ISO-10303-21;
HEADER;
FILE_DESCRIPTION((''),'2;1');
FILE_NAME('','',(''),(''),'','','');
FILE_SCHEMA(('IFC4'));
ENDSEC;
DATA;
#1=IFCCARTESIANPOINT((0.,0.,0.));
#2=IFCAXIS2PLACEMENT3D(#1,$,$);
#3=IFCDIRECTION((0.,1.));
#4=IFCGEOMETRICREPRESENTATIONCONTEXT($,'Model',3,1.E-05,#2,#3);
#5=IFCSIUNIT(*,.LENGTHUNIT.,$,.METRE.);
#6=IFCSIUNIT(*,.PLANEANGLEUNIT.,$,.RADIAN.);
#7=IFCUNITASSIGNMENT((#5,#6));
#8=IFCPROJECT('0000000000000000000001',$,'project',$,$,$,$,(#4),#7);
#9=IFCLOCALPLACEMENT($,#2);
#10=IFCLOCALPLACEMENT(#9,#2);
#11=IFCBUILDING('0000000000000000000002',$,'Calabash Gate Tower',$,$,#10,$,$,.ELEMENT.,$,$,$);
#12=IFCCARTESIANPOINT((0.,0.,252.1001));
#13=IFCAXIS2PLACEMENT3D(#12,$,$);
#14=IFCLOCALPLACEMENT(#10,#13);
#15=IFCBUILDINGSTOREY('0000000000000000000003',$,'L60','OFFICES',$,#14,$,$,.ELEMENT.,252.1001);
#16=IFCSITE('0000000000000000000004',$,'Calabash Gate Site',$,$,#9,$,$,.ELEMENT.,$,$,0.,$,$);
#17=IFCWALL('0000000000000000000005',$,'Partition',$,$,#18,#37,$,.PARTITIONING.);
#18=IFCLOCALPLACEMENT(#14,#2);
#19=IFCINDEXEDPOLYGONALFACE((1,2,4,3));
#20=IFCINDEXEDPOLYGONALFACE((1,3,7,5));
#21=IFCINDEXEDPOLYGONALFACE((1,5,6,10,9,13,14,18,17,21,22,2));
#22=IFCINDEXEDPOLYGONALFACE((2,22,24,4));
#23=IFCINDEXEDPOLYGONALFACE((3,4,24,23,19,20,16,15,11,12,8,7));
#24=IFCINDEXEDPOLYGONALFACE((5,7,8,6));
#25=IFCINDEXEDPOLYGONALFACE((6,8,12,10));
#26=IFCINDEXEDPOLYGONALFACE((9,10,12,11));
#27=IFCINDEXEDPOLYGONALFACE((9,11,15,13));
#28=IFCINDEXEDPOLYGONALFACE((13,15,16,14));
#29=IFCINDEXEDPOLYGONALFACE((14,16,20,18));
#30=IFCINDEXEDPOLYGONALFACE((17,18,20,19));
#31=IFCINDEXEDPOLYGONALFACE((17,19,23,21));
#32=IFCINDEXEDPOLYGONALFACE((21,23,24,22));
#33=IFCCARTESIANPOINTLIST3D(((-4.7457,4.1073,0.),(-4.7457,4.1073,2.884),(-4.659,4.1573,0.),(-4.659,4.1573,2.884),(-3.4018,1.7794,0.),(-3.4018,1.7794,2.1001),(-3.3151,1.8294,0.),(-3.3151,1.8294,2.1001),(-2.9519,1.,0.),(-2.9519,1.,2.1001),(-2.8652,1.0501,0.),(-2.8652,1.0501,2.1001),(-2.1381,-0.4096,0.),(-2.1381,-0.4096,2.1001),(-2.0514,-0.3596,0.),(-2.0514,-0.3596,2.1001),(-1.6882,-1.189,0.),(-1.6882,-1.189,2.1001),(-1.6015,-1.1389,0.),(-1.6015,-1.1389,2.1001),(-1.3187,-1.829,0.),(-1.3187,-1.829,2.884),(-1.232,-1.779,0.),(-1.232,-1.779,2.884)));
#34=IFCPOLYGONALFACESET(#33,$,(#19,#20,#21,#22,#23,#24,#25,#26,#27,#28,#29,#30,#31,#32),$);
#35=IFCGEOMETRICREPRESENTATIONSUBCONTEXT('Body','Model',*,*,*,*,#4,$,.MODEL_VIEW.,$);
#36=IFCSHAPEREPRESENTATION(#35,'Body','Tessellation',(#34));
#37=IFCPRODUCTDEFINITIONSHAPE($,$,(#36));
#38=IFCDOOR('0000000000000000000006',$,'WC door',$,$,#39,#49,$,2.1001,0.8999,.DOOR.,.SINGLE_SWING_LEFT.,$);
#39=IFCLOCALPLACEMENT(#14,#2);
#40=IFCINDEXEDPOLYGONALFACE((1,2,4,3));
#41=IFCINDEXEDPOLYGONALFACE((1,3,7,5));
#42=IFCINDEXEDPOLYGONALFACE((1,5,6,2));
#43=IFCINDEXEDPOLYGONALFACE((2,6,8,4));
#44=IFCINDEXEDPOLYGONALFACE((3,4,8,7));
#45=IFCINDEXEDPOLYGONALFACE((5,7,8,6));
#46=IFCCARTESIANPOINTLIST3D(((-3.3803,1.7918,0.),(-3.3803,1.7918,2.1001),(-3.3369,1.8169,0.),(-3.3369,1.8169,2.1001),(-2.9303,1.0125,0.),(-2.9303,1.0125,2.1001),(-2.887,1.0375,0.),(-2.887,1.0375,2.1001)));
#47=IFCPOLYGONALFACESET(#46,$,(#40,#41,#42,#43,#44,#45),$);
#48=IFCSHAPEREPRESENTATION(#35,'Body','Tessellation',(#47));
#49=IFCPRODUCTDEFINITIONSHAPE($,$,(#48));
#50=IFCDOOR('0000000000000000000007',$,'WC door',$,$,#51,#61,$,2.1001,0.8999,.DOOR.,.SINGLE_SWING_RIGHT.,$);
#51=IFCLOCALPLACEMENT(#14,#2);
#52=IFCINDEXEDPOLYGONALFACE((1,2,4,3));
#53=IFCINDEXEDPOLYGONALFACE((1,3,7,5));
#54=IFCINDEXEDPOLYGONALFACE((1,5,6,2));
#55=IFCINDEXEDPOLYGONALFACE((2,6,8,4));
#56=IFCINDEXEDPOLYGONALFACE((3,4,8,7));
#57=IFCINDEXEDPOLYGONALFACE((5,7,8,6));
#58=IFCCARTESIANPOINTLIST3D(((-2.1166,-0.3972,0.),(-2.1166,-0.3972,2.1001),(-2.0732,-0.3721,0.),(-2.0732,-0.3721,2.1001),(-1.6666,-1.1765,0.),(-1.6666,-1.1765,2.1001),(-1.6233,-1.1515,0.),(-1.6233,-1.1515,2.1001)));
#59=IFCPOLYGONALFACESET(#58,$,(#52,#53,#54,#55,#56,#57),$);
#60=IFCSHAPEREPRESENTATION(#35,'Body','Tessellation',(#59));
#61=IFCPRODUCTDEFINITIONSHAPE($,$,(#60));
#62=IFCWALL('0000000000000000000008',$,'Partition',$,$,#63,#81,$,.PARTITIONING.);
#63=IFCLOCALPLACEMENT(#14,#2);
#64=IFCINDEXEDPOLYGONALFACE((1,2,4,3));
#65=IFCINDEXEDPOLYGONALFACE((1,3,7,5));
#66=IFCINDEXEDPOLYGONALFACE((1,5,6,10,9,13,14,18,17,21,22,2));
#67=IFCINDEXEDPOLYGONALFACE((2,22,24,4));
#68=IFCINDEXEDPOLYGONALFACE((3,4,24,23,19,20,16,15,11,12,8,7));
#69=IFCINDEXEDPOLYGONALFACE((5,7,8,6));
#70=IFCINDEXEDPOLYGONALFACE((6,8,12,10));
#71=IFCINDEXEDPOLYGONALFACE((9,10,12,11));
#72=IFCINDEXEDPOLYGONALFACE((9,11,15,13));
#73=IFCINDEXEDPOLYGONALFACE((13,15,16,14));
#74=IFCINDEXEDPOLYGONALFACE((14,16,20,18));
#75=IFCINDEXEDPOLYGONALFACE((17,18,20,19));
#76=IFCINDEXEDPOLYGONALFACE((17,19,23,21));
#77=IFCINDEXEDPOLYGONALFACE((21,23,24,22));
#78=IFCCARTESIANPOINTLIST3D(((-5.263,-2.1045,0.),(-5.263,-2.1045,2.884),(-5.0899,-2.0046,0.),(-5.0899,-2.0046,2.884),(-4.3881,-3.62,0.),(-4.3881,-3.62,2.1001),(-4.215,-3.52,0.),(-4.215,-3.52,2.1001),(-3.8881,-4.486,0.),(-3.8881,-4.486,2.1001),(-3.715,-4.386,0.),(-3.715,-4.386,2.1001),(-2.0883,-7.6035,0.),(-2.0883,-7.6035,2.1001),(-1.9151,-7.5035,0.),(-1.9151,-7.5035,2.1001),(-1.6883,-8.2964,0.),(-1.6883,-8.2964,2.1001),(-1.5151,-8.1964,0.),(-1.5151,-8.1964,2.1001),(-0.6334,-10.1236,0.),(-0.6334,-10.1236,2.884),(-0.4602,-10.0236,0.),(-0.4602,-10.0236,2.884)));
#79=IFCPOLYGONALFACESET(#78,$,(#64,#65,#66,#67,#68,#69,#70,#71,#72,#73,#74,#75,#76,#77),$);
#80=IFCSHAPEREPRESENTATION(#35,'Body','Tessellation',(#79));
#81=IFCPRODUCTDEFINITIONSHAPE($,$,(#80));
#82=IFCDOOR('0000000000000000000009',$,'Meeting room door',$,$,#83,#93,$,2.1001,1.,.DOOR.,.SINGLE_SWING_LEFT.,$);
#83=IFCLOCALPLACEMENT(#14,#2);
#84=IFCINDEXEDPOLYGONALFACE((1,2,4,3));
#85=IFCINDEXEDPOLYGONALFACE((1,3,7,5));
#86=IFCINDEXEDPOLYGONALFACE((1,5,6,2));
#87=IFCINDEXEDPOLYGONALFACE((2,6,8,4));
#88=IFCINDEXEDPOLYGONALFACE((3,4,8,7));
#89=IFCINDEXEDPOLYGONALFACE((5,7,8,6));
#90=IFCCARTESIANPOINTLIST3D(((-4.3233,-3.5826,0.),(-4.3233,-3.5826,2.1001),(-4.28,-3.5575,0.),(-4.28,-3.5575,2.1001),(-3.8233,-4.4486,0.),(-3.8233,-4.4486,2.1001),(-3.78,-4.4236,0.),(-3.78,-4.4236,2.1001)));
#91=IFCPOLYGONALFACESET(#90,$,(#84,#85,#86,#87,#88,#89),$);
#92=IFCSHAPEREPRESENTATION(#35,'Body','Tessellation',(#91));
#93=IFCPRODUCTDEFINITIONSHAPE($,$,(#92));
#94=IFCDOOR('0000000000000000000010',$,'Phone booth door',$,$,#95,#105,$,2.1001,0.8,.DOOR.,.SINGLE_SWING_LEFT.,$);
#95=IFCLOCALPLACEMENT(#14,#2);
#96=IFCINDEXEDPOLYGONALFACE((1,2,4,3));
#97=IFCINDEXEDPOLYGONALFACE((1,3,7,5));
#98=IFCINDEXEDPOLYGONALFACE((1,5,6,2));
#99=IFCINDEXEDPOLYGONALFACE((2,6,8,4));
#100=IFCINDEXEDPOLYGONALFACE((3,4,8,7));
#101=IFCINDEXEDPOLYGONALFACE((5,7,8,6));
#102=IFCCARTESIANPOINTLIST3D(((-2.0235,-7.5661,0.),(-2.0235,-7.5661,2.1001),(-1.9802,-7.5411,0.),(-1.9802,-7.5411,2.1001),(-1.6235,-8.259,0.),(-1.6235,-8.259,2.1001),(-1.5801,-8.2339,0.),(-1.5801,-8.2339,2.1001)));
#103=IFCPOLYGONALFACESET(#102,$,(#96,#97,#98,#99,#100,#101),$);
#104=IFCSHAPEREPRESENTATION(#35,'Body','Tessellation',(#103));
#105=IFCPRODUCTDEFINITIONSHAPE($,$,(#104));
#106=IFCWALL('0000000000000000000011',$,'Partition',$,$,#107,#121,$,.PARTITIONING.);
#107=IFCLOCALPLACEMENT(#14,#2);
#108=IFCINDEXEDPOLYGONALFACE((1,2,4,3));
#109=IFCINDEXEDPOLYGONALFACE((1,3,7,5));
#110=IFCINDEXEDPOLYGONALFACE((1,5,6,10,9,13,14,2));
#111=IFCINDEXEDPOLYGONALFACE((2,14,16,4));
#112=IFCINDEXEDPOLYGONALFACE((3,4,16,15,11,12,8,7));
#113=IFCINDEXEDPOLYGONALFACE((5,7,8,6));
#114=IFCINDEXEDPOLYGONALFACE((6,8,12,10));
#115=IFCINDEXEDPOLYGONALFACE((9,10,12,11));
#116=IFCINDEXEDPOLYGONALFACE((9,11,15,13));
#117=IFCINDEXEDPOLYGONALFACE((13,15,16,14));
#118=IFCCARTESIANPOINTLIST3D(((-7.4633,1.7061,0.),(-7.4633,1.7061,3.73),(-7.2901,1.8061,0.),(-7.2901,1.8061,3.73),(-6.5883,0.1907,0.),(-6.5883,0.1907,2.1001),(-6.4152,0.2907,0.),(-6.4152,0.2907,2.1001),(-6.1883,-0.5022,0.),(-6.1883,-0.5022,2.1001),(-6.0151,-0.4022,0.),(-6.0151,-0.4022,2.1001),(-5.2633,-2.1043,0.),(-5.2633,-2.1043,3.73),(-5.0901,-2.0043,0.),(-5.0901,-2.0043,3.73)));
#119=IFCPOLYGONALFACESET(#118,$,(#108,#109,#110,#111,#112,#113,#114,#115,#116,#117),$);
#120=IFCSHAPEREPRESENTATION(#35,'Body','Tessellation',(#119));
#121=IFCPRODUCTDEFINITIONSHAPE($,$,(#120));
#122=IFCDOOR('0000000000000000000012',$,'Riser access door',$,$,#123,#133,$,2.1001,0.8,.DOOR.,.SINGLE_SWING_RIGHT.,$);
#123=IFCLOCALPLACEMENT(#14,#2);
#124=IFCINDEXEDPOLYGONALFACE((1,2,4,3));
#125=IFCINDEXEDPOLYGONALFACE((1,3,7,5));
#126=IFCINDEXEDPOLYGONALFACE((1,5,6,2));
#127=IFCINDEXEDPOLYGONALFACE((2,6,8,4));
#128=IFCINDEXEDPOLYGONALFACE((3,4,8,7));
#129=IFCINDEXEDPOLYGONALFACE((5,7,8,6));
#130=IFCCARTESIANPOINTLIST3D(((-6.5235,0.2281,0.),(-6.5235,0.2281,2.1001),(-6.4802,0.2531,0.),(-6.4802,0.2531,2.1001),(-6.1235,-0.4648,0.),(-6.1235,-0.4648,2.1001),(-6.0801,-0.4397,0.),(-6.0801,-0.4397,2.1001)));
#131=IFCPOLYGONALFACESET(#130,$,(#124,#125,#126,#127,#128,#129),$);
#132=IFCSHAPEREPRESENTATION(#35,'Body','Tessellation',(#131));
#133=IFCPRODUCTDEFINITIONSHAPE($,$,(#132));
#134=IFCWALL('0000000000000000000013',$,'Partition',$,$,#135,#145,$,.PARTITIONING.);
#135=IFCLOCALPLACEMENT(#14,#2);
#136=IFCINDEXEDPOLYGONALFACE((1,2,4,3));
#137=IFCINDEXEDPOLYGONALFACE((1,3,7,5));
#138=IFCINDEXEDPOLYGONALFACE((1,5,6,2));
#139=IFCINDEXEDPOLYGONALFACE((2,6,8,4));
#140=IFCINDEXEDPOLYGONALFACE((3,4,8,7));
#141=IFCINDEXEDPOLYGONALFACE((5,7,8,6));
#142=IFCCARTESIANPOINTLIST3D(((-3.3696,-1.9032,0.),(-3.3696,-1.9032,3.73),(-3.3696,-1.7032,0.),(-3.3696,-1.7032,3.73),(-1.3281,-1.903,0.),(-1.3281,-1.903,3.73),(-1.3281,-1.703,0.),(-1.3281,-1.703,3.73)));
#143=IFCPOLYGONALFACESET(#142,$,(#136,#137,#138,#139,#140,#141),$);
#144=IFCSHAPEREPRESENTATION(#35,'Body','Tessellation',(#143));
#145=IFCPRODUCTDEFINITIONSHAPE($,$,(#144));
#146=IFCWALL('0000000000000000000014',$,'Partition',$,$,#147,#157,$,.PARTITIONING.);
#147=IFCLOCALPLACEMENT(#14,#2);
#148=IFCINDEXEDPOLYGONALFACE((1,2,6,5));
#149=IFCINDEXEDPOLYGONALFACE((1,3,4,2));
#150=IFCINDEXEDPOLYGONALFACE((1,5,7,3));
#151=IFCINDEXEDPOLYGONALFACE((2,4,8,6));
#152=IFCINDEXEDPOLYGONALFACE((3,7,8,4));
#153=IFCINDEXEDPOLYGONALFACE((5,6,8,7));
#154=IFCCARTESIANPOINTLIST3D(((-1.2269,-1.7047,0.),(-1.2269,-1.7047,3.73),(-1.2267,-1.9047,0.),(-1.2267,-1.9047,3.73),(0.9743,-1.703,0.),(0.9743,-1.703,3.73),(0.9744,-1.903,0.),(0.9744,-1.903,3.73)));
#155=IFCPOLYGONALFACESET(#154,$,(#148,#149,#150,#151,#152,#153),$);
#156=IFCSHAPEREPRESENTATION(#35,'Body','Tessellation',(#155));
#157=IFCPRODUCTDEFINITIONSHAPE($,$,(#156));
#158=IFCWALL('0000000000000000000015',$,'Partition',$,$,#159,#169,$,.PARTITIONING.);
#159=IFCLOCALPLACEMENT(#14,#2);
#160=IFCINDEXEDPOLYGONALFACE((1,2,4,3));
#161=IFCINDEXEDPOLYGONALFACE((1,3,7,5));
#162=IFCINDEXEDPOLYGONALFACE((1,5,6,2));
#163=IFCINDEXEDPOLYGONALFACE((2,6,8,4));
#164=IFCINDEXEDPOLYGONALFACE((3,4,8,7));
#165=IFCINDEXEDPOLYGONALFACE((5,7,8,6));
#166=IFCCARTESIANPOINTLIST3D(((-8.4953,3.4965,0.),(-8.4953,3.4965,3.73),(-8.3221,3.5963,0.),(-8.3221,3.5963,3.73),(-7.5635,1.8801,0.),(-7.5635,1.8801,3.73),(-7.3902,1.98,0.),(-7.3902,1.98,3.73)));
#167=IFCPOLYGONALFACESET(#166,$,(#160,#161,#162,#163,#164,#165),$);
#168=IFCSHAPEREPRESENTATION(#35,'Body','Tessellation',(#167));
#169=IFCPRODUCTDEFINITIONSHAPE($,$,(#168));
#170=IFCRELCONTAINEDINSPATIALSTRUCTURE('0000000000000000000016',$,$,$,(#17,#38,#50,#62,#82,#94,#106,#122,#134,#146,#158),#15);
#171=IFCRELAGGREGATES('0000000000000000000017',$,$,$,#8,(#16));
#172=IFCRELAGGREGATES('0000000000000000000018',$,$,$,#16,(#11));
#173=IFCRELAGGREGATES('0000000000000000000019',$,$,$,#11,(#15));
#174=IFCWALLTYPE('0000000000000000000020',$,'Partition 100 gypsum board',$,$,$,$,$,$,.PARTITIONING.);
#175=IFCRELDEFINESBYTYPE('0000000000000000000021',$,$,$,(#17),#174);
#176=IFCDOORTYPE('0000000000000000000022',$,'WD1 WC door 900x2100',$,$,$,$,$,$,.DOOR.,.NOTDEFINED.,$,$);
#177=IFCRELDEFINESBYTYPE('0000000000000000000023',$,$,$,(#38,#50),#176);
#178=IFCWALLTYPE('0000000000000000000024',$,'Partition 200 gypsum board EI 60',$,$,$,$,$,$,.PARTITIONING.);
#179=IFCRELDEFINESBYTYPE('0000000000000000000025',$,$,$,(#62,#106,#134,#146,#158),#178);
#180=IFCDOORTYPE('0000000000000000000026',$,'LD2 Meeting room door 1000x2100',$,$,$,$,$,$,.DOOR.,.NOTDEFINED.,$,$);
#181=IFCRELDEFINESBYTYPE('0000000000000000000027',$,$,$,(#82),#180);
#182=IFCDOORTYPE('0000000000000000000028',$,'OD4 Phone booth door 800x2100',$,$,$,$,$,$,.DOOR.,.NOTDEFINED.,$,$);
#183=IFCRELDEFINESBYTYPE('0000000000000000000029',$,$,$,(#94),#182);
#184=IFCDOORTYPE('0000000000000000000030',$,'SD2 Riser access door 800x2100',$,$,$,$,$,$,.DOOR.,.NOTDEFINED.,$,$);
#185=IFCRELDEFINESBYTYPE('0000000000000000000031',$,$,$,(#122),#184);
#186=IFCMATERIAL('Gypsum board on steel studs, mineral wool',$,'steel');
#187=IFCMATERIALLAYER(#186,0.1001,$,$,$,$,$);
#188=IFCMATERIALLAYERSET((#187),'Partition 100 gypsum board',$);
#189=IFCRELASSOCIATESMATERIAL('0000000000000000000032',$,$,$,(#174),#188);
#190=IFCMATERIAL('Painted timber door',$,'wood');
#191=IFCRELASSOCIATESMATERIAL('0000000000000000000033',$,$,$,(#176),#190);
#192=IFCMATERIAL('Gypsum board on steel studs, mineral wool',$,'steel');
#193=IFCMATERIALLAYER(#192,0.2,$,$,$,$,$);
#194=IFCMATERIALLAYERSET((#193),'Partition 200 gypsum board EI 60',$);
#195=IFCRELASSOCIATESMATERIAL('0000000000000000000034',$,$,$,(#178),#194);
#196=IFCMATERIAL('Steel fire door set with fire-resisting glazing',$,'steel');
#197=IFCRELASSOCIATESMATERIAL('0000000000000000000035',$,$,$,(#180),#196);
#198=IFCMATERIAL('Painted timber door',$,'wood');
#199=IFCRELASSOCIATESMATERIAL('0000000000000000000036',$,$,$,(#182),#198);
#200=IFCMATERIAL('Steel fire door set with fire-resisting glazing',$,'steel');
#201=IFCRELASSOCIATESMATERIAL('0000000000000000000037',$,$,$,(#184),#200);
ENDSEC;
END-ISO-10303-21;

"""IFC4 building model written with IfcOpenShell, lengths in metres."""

from ifc_helpers import new_model, si_unit, direction, frame, frame_2d, origin, place, context, subcontext, project, spatial, rectangle, extrude, material, layer, layer_set, type_object, element, fill, save


model = new_model("IFC4")

# Units and contexts
model_context = context("Model", 3, precision=1e-05, world=origin(), true_north=direction((0.0, 1.0)))
body_context = subcontext(model_context, "Body", "Model", "MODEL_VIEW")
ifc_project = project(units=[si_unit("LENGTHUNIT", "METRE"), si_unit("PLANEANGLEUNIT", "RADIAN")], contexts=[model_context])

# Site, building, storey
site_placement = place(None, origin())
site = spatial("IfcSite", under=ifc_project, at=site_placement, Name="Calabash Gate Site", CompositionType="ELEMENT", RefElevation=0.0)
building_placement = place(site_placement, origin())
building = spatial("IfcBuilding", under=site, at=building_placement, Name="Calabash Gate Tower", CompositionType="ELEMENT")
storey_placement = place(building_placement, frame((0.0, 0.0, 252.1001)))
storey = spatial("IfcBuildingStorey", under=building, at=storey_placement, Name="L60", Description="OFFICES", CompositionType="ELEMENT", Elevation=252.1001)

# Shared definitions
ifc_material_1 = material(Name="Gypsum board on steel studs, mineral wool", Category="steel")
ifc_layer_1 = layer(ifc_material_1, 0.1001)
ifc_layer_set_1 = layer_set([ifc_layer_1], Name="Partition 100 gypsum board")
wall_type_1 = type_object("IfcWallType", Name="Partition 100 gypsum board", PredefinedType="PARTITIONING", material=ifc_layer_set_1)

# Walls, openings, doors
wall_1_placement = place(storey_placement, frame((-4.7024, 4.1323, 0.0), z_axis=(0.0, 0.0, 1.0), x_axis=(0.499966, -0.866045, 0.0)))
wall_1 = element("IfcWall", 1, at=wall_1_placement, inside=storey, type_object=wall_type_1, Name="Partition", PredefinedType="PARTITIONING", context=body_context, shape_type="SweptSolid", body=[
    extrude(rectangle(XDim=6.8545, YDim=0.1001, at=frame_2d((3.4272, 0.0))), origin(), (0.0, 0.0, 1.0), 2.884),
])
opening_1_placement = place(wall_1_placement, frame((2.688, 0.0, 0.0)))
opening_1 = element("IfcOpeningElement", 2, at=opening_1_placement, cuts=wall_1, PredefinedType="OPENING", context=body_context, shape_type="SweptSolid", body=[
    extrude(rectangle(XDim=0.8999, YDim=2.1001, at=frame_2d((0.45, 1.05))), frame((0.0, 0.0601, 0.0), z_axis=(0.0, -1.0, 0.0), x_axis=(1.0, 0.0, 0.0)), (0.0, 0.0, 1.0), 0.1201),
])
opening_2_placement = place(wall_1_placement, frame((5.2156, 0.0, 0.0)))
opening_2 = element("IfcOpeningElement", 3, at=opening_2_placement, cuts=wall_1, PredefinedType="OPENING", context=body_context, shape_type="SweptSolid", body=[
    extrude(rectangle(XDim=0.8999, YDim=2.1001, at=frame_2d((0.45, 1.05))), frame((0.0, 0.0601, 0.0), z_axis=(0.0, -1.0, 0.0), x_axis=(1.0, 0.0, 0.0)), (0.0, 0.0, 1.0), 0.1201),
])
ifc_material_2 = material(Name="Painted timber door", Category="wood")
door_type_1 = type_object("IfcDoorType", Name="WD1 WC door 900x2100", OperationType="NOTDEFINED", PredefinedType="DOOR", material=ifc_material_2)
door_1_placement = place(opening_1_placement, origin())
door_1 = element("IfcDoor", 4, at=door_1_placement, inside=storey, type_object=door_type_1, Name="WC door", OperationType="SINGLE_SWING_LEFT", OverallHeight=2.1001, OverallWidth=0.8999, PredefinedType="DOOR", context=body_context, shape_type="SweptSolid", body=[
    extrude(rectangle(XDim=0.8999, YDim=2.1001, at=frame_2d((0.45, 1.05))), frame((0.0, 0.0249, 0.0), z_axis=(0.0, -1.0, 0.0), x_axis=(1.0, 0.0, 0.0)), (0.0, 0.0, 1.0), 0.05),
])
fill(opening_1, door_1)
door_2_placement = place(opening_2_placement, origin())
door_2 = element("IfcDoor", 5, at=door_2_placement, inside=storey, type_object=door_type_1, Name="WC door", OperationType="SINGLE_SWING_RIGHT", OverallHeight=2.1001, OverallWidth=0.8999, PredefinedType="DOOR", context=body_context, shape_type="SweptSolid", body=[
    extrude(rectangle(XDim=0.8999, YDim=2.1001, at=frame_2d((0.45, 1.05))), frame((0.0, 0.0249, 0.0), z_axis=(0.0, -1.0, 0.0), x_axis=(1.0, 0.0, 0.0)), (0.0, 0.0, 1.0), 0.05),
])
fill(opening_2, door_2)
ifc_material_3 = material(Name="Gypsum board on steel studs, mineral wool", Category="steel")
ifc_layer_2 = layer(ifc_material_3, 0.2)
ifc_layer_set_2 = layer_set([ifc_layer_2], Name="Partition 200 gypsum board EI 60")
wall_type_2 = type_object("IfcWallType", Name="Partition 200 gypsum board EI 60", PredefinedType="PARTITIONING", material=ifc_layer_set_2)
wall_2_placement = place(storey_placement, frame((-5.1765, -2.0544, 0.0), z_axis=(0.0, 0.0, 1.0), x_axis=(0.499987, -0.866033, 0.0)))
wall_2 = element("IfcWall", 6, at=wall_2_placement, inside=storey, type_object=wall_type_2, Name="Partition", PredefinedType="PARTITIONING", context=body_context, shape_type="SweptSolid", body=[
    extrude(rectangle(XDim=9.2595, YDim=0.2, at=frame_2d((4.6299, 0.0))), origin(), (0.0, 0.0, 1.0), 2.884),
])
opening_3_placement = place(wall_2_placement, frame((1.75, 0.0, 0.0)))
opening_3 = element("IfcOpeningElement", 7, at=opening_3_placement, cuts=wall_2, PredefinedType="OPENING", context=body_context, shape_type="SweptSolid", body=[
    extrude(rectangle(XDim=1.0, YDim=2.1001, at=frame_2d((0.5, 1.05))), frame((0.0, 0.1099, 0.0), z_axis=(0.0, -1.0, 0.0), x_axis=(1.0, 0.0, 0.0)), (0.0, 0.0, 1.0), 0.22),
])
opening_4_placement = place(wall_2_placement, frame((6.3499, 0.0, 0.0)))
opening_4 = element("IfcOpeningElement", 8, at=opening_4_placement, cuts=wall_2, PredefinedType="OPENING", context=body_context, shape_type="SweptSolid", body=[
    extrude(rectangle(XDim=0.8, YDim=2.1001, at=frame_2d((0.3999, 1.05))), frame((0.0, 0.1099, 0.0), z_axis=(0.0, -1.0, 0.0), x_axis=(1.0, 0.0, 0.0)), (0.0, 0.0, 1.0), 0.22),
])
ifc_material_4 = material(Name="Steel fire door set with fire-resisting glazing", Category="steel")
door_type_2 = type_object("IfcDoorType", Name="LD2 Meeting room door 1000x2100", OperationType="NOTDEFINED", PredefinedType="DOOR", material=ifc_material_4)
door_3_placement = place(opening_3_placement, origin())
door_3 = element("IfcDoor", 9, at=door_3_placement, inside=storey, type_object=door_type_2, Name="Meeting room door", OperationType="SINGLE_SWING_LEFT", OverallHeight=2.1001, OverallWidth=1.0, PredefinedType="DOOR", context=body_context, shape_type="SweptSolid", body=[
    extrude(rectangle(XDim=1.0, YDim=2.1001, at=frame_2d((0.5, 1.05))), frame((0.0, 0.0249, 0.0), z_axis=(0.0, -1.0, 0.0), x_axis=(1.0, 0.0, 0.0)), (0.0, 0.0, 1.0), 0.05),
])
fill(opening_3, door_3)
ifc_material_5 = material(Name="Painted timber door", Category="wood")
door_type_3 = type_object("IfcDoorType", Name="OD4 Phone booth door 800x2100", OperationType="NOTDEFINED", PredefinedType="DOOR", material=ifc_material_5)
door_4_placement = place(opening_4_placement, origin())
door_4 = element("IfcDoor", 10, at=door_4_placement, inside=storey, type_object=door_type_3, Name="Phone booth door", OperationType="SINGLE_SWING_LEFT", OverallHeight=2.1001, OverallWidth=0.8, PredefinedType="DOOR", context=body_context, shape_type="SweptSolid", body=[
    extrude(rectangle(XDim=0.8, YDim=2.1001, at=frame_2d((0.3999, 1.05))), frame((0.0, 0.0249, 0.0), z_axis=(0.0, -1.0, 0.0), x_axis=(1.0, 0.0, 0.0)), (0.0, 0.0, 1.0), 0.05),
])
fill(opening_4, door_4)

# Wall, opening, door
wall_3_placement = place(storey_placement, frame((-7.3767, 1.7561, 0.0), z_axis=(0.0, 0.0, 1.0), x_axis=(0.500012, -0.866018, 0.0)))
wall_3 = element("IfcWall", 11, at=wall_3_placement, inside=storey, type_object=wall_type_2, Name="Partition", PredefinedType="PARTITIONING", context=body_context, shape_type="SweptSolid", body=[
    extrude(rectangle(XDim=4.3999, YDim=0.2, at=frame_2d((2.2, 0.0))), origin(), (0.0, 0.0, 1.0), 3.73),
])
opening_5_placement = place(wall_3_placement, frame((1.75, 0.0, 0.0)))
opening_5 = element("IfcOpeningElement", 12, at=opening_5_placement, cuts=wall_3, PredefinedType="OPENING", context=body_context, shape_type="SweptSolid", body=[
    extrude(rectangle(XDim=0.8, YDim=2.1001, at=frame_2d((0.3999, 1.05))), frame((0.0, 0.1099, 0.0), z_axis=(0.0, -1.0, 0.0), x_axis=(1.0, 0.0, 0.0)), (0.0, 0.0, 1.0), 0.22),
])
ifc_material_6 = material(Name="Steel fire door set with fire-resisting glazing", Category="steel")
door_type_4 = type_object("IfcDoorType", Name="SD2 Riser access door 800x2100", OperationType="NOTDEFINED", PredefinedType="DOOR", material=ifc_material_6)
door_5_placement = place(opening_5_placement, origin())
door_5 = element("IfcDoor", 13, at=door_5_placement, inside=storey, type_object=door_type_4, Name="Riser access door", OperationType="SINGLE_SWING_RIGHT", OverallHeight=2.1001, OverallWidth=0.8, PredefinedType="DOOR", context=body_context, shape_type="SweptSolid", body=[
    extrude(rectangle(XDim=0.8, YDim=2.1001, at=frame_2d((0.3999, 1.05))), frame((0.0, 0.0249, 0.0), z_axis=(0.0, -1.0, 0.0), x_axis=(1.0, 0.0, 0.0)), (0.0, 0.0, 1.0), 0.05),
])
fill(opening_5, door_5)

# Walls
wall_4_placement = place(storey_placement, frame((-3.3696, -1.8032, 0.0), z_axis=(0.0, 0.0, 1.0), x_axis=(1.0, 0.00012, 0.0)))
element("IfcWall", 14, at=wall_4_placement, inside=storey, type_object=wall_type_2, Name="Partition", PredefinedType="PARTITIONING", context=body_context, shape_type="SweptSolid", body=[
    extrude(rectangle(XDim=2.0415, YDim=0.2, at=frame_2d((1.0208, 0.0))), origin(), (0.0, 0.0, 1.0), 3.73),
])
wall_5_placement = place(storey_placement, frame((-1.2268, -1.8047, 0.0), z_axis=(0.0, 0.0, 1.0), x_axis=(1.0, 0.000776, 0.0)))
element("IfcWall", 15, at=wall_5_placement, inside=storey, type_object=wall_type_2, Name="Partition", PredefinedType="PARTITIONING", context=body_context, shape_type="SweptSolid", body=[
    extrude(rectangle(XDim=2.2012, YDim=0.2, at=frame_2d((1.1006, 0.0))), origin(), (0.0, 0.0, 1.0), 3.73),
])
wall_6_placement = place(storey_placement, frame((-8.4087, 3.5464, 0.0), z_axis=(0.0, 0.0, 1.0), x_axis=(0.499447, -0.866345, 0.0)))
element("IfcWall", 16, at=wall_6_placement, inside=storey, type_object=wall_type_2, Name="Partition", PredefinedType="PARTITIONING", context=body_context, shape_type="SweptSolid", body=[
    extrude(rectangle(XDim=1.8657, YDim=0.2, at=frame_2d((0.9329, 0.0))), origin(), (0.0, 0.0, 1.0), 3.73),
])

save(model, "model.ifc")
